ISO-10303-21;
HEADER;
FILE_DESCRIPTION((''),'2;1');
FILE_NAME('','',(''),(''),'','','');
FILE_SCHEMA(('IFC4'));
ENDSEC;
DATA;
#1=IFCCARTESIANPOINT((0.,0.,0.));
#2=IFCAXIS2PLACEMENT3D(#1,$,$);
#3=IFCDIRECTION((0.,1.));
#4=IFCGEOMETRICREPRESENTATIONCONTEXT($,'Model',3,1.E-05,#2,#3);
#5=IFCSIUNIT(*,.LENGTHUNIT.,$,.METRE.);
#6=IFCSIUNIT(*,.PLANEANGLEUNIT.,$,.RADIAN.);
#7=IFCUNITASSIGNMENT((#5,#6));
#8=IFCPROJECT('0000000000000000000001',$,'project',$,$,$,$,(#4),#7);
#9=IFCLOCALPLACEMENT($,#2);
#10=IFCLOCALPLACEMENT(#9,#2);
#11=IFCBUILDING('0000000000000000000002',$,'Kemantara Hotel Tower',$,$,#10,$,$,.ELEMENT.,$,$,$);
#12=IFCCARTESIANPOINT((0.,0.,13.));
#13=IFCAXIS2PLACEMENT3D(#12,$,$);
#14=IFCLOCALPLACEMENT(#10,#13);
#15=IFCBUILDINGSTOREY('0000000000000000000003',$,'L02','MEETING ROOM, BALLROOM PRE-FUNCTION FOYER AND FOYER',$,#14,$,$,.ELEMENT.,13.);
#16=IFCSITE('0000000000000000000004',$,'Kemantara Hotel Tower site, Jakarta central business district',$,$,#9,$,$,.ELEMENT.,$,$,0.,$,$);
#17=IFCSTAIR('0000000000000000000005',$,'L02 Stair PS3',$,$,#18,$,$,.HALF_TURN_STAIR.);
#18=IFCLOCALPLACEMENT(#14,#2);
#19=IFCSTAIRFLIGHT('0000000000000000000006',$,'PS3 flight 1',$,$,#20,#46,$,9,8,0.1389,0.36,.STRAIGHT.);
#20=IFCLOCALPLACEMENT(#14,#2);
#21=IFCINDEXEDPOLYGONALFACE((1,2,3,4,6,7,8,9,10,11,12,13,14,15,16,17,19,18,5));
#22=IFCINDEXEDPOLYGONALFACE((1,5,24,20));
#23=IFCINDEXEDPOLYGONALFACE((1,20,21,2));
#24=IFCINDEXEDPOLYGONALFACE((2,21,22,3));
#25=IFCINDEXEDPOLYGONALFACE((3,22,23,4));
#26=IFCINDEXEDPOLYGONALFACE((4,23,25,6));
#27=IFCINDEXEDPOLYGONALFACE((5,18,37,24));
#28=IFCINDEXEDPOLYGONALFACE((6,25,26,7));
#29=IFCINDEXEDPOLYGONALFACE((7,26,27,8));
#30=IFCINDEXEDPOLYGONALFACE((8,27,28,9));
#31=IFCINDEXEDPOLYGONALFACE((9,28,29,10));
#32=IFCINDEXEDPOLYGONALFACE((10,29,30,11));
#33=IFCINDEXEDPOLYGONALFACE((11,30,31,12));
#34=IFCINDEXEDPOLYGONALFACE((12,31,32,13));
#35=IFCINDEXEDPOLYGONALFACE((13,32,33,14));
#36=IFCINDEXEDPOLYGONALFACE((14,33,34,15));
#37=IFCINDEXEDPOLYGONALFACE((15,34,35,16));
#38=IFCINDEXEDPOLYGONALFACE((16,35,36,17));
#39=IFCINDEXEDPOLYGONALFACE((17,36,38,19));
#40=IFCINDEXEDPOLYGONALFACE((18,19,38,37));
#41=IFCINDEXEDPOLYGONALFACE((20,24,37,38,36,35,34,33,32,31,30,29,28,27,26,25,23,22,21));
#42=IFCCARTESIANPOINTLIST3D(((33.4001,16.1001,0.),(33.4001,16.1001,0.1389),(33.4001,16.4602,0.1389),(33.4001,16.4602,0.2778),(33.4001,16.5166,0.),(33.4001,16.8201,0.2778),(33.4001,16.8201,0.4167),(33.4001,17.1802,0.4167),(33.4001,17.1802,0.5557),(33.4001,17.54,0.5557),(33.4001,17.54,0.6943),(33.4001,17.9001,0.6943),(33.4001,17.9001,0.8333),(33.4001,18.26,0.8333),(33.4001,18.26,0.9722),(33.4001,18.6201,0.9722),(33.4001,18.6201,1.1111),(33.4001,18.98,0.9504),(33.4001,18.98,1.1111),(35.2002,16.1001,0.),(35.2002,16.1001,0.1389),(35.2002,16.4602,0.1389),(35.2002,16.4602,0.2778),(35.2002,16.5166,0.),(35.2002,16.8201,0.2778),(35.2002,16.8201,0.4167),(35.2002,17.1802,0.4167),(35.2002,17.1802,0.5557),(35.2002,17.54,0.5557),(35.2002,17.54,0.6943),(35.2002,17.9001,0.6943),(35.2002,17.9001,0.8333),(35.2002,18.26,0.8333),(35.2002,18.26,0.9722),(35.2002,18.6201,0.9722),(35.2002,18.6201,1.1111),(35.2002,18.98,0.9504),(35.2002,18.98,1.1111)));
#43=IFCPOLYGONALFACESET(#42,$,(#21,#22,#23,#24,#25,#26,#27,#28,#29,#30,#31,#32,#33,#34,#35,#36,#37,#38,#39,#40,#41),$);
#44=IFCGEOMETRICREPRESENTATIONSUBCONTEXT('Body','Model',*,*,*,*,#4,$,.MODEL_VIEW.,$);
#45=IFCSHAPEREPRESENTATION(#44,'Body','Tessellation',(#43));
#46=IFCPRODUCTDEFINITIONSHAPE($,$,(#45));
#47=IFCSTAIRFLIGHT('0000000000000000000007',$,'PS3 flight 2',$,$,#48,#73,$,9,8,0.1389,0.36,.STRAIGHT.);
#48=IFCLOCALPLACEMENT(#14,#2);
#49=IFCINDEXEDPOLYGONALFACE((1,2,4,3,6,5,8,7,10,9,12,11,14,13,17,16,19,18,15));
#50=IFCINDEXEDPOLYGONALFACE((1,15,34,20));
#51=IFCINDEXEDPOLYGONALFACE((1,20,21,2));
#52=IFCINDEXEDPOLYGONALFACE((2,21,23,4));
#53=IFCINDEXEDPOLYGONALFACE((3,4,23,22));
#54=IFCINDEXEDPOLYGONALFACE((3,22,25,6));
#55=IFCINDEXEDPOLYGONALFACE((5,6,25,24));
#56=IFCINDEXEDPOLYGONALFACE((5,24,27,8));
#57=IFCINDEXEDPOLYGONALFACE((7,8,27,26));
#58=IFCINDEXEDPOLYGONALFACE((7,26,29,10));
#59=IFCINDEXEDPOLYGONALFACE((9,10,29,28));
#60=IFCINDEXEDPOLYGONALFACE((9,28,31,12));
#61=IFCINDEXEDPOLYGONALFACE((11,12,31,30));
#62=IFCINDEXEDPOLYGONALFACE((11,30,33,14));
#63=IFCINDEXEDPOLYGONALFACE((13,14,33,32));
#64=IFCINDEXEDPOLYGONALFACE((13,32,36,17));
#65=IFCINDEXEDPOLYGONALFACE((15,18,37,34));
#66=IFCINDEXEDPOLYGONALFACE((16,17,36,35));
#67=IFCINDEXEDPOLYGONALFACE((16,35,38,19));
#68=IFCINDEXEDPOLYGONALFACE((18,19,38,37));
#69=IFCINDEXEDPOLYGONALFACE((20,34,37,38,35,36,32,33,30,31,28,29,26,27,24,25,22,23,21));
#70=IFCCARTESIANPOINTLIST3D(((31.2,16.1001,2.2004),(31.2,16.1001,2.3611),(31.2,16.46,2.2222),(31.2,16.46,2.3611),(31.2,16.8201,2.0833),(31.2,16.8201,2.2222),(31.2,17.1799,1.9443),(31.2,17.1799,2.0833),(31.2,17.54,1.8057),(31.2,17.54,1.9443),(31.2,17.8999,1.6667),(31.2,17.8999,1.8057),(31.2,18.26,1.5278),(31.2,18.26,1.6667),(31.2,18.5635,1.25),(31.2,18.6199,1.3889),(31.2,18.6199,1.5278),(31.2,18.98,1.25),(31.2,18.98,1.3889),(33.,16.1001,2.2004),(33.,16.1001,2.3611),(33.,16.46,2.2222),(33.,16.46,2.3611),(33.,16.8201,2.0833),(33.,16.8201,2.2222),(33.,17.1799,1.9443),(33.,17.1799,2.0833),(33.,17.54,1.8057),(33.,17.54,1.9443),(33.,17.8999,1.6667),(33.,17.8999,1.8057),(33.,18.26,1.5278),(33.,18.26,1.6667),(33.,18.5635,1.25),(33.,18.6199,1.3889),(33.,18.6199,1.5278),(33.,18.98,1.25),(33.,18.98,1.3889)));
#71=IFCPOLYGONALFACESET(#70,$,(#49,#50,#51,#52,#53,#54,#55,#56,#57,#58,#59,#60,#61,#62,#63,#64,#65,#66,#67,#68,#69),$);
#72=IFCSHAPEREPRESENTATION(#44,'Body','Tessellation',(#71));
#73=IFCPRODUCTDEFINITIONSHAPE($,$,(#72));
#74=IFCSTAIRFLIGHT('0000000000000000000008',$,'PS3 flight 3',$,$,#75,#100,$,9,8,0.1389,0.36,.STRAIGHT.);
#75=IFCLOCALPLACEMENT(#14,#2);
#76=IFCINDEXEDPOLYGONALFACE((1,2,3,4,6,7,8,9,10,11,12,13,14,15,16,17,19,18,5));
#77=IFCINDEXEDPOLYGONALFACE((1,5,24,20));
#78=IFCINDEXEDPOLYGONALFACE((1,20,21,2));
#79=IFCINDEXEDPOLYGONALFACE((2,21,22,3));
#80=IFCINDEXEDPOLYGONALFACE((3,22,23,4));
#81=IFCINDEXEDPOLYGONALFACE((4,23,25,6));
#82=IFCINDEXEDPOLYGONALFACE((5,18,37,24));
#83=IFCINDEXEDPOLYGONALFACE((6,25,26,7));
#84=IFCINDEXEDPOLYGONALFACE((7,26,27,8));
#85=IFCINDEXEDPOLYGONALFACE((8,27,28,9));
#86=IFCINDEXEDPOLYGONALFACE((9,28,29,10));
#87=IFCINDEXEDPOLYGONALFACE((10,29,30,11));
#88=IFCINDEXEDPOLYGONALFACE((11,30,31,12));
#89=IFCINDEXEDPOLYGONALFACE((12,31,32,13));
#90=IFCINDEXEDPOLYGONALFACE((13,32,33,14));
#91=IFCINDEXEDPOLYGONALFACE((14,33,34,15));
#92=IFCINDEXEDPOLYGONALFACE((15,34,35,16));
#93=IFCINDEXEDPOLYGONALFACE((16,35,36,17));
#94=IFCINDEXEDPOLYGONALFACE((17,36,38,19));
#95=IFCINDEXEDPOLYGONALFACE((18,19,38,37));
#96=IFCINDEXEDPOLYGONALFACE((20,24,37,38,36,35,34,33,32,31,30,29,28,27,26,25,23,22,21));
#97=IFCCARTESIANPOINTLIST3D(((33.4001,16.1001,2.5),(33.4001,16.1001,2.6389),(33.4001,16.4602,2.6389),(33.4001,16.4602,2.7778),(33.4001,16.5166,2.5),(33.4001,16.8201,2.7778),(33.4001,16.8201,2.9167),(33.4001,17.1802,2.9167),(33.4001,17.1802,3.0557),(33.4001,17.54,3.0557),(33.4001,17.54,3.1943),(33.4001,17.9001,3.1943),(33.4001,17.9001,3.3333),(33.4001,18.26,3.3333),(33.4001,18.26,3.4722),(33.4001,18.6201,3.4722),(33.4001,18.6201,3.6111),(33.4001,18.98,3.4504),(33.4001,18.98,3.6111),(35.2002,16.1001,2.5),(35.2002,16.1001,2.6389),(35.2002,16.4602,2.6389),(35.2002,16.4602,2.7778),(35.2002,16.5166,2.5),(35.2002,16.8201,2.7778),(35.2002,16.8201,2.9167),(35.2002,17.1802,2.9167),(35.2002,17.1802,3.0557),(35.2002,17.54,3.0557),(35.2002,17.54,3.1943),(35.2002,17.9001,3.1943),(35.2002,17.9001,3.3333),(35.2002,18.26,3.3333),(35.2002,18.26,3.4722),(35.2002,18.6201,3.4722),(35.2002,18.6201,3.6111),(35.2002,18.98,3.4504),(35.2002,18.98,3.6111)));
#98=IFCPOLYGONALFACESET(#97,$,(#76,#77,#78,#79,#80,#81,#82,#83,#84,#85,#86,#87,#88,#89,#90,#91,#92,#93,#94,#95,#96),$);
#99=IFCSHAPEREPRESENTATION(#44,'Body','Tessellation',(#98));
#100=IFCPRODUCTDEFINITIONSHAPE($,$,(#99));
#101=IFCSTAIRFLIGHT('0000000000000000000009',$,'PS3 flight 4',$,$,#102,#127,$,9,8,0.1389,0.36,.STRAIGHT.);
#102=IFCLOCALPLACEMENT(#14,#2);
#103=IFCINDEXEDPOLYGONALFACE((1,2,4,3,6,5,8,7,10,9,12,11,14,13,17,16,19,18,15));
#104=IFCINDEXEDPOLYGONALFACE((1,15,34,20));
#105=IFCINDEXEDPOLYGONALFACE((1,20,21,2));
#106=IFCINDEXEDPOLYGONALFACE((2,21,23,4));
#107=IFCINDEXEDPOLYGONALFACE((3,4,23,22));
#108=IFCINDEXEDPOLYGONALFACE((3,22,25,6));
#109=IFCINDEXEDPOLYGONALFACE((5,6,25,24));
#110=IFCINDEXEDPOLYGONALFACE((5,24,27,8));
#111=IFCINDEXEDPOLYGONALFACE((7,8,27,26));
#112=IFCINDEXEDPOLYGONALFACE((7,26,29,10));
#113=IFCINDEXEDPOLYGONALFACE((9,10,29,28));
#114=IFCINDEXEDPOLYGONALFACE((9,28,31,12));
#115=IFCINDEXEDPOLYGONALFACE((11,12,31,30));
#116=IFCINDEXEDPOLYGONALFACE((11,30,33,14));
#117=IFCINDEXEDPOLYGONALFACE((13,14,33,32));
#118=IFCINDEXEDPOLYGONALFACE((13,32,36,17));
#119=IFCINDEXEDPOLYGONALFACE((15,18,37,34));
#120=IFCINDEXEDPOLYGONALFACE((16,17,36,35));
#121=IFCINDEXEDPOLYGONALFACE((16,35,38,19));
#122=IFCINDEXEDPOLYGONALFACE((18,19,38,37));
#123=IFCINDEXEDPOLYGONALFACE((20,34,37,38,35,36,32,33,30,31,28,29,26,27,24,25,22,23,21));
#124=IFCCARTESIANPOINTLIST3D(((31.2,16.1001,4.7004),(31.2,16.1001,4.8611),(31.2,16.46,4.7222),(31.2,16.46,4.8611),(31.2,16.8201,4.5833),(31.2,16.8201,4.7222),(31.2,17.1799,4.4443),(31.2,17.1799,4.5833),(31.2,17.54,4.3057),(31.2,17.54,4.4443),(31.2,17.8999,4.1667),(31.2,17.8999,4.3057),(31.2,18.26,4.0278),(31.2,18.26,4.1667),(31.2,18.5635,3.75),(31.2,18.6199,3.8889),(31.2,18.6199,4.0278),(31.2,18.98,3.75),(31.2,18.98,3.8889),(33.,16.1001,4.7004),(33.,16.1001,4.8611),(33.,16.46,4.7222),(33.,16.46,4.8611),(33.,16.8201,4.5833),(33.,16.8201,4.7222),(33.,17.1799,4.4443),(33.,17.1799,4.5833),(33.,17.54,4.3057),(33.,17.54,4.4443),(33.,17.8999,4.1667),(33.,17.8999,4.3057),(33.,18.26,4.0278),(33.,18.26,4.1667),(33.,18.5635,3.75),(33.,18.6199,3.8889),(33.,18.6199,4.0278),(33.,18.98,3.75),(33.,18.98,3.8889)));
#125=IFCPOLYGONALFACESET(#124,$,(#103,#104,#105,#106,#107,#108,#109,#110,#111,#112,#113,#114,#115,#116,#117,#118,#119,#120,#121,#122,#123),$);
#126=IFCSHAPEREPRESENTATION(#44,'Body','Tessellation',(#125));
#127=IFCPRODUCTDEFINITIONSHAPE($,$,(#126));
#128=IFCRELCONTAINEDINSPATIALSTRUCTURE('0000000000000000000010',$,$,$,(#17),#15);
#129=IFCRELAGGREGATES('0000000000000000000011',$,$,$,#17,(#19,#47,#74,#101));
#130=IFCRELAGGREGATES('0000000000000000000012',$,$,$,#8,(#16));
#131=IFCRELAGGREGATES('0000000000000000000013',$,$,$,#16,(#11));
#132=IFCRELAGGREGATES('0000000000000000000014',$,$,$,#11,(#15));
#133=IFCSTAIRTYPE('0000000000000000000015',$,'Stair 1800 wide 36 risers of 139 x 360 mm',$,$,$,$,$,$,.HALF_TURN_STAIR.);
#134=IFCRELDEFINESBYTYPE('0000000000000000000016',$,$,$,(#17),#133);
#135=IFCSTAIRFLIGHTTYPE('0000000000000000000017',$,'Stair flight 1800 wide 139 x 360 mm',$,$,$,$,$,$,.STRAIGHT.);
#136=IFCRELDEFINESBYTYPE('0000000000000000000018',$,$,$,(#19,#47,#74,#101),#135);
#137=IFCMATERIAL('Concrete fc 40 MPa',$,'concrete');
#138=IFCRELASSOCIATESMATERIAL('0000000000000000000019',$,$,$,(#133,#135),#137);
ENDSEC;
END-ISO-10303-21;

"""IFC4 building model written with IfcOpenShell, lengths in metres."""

from ifc_helpers import new_model, si_unit, direction, frame, origin, place, context, subcontext, project, spatial, polyline, outline, extrude, material, type_object, element, aggregate, save


model = new_model("IFC4")

# Units and contexts
model_context = context("Model", 3, precision=1e-05, world=origin(), true_north=direction((0.0, 1.0)))
body_context = subcontext(model_context, "Body", "Model", "MODEL_VIEW")
ifc_project = project(units=[si_unit("LENGTHUNIT", "METRE"), si_unit("PLANEANGLEUNIT", "RADIAN")], contexts=[model_context])

# Site, building, storey
site_placement = place(None, origin())
site = spatial("IfcSite", under=ifc_project, at=site_placement, Name="Kemantara Hotel Tower site, Jakarta central business district", CompositionType="ELEMENT", RefElevation=0.0)
building_placement = place(site_placement, origin())
building = spatial("IfcBuilding", under=site, at=building_placement, Name="Kemantara Hotel Tower", CompositionType="ELEMENT")
storey_placement = place(building_placement, frame((0.0, 0.0, 13.0)))
storey = spatial("IfcBuildingStorey", under=building, at=storey_placement, Name="L02", Description="MEETING ROOM, BALLROOM PRE-FUNCTION FOYER AND FOYER", CompositionType="ELEMENT", Elevation=13.0)

# Shared definitions
ifc_material_1 = material(Name="Concrete fc 40 MPa", Category="concrete")

# Shared definitions
stair_type = type_object("IfcStairType", Name="Stair 1800 wide 36 risers of 139 x 360 mm", PredefinedType="HALF_TURN_STAIR", material=ifc_material_1)
stair_flight_type = type_object("IfcStairFlightType", Name="Stair flight 1800 wide 139 x 360 mm", PredefinedType="STRAIGHT", material=ifc_material_1)

# Stair, stair flights
stair_1_placement = place(storey_placement, origin())
stair_1 = element("IfcStair", 1, at=stair_1_placement, inside=storey, type_object=stair_type, Name="L02 Stair PS3", PredefinedType="HALF_TURN_STAIR")
stair_flight_1_placement = place(storey_placement, frame((34.3, 16.1001, 0.0), z_axis=(0.0, 0.0, 1.0), x_axis=(0.0, 1.0, 0.0)))
stair_flight_1 = element("IfcStairFlight", 2, at=stair_flight_1_placement, type_object=stair_flight_type, Name="PS3 flight 1", NumberOfRisers=9, NumberOfTreads=8, PredefinedType="STRAIGHT", RiserHeight=0.1389, TreadLength=0.36, context=body_context, shape_type="SweptSolid", body=[
    extrude(outline(polyline([(0.0, 0.0), (0.0, 0.1389), (0.3601, 0.1389), (0.3601, 0.2778), (0.72, 0.2778), (0.72, 0.4167), (1.0801, 0.4167), (1.0801, 0.5557), (1.4399, 0.5557), (1.4399, 0.6943), (1.8, 0.6943), (1.8, 0.8333), (2.1599, 0.8333), (2.1599, 0.9722), (2.52, 0.9722), (2.52, 1.1111), (2.8799, 1.1111), (2.8799, 1.25), (2.8799, 0.9504), (0.4165, 0.0), (0.0, 0.0)])), frame((0.0, 0.8999, 0.0), z_axis=(0.0, -1.0, 0.0), x_axis=(1.0, 0.0, 0.0)), (0.0, 0.0, 1.0), 1.8),
])
stair_flight_2_placement = place(storey_placement, frame((32.1001, 18.98, 1.25), z_axis=(0.0, 0.0, 1.0), x_axis=(0.0, -1.0, 0.0)))
stair_flight_2 = element("IfcStairFlight", 3, at=stair_flight_2_placement, type_object=stair_flight_type, Name="PS3 flight 2", NumberOfRisers=9, NumberOfTreads=8, PredefinedType="STRAIGHT", RiserHeight=0.1389, TreadLength=0.36, context=body_context, shape_type="SweptSolid", body=[
    extrude(outline(polyline([(0.0, 0.0), (0.0, 0.1389), (0.3601, 0.1389), (0.3601, 0.2778), (0.72, 0.2778), (0.72, 0.4167), (1.0801, 0.4167), (1.0801, 0.5557), (1.4399, 0.5557), (1.4399, 0.6943), (1.8, 0.6943), (1.8, 0.8333), (2.1599, 0.8333), (2.1599, 0.9722), (2.52, 0.9722), (2.52, 1.1111), (2.8799, 1.1111), (2.8799, 1.25), (2.8799, 0.9504), (0.4165, 0.0), (0.0, 0.0)])), frame((0.0, 0.8999, 0.0), z_axis=(0.0, -1.0, 0.0), x_axis=(1.0, 0.0, 0.0)), (0.0, 0.0, 1.0), 1.8),
])
stair_flight_3_placement = place(storey_placement, frame((34.3, 16.1001, 2.5), z_axis=(0.0, 0.0, 1.0), x_axis=(0.0, 1.0, 0.0)))
stair_flight_3 = element("IfcStairFlight", 4, at=stair_flight_3_placement, type_object=stair_flight_type, Name="PS3 flight 3", NumberOfRisers=9, NumberOfTreads=8, PredefinedType="STRAIGHT", RiserHeight=0.1389, TreadLength=0.36, context=body_context, shape_type="SweptSolid", body=[
    extrude(outline(polyline([(0.0, 0.0), (0.0, 0.1389), (0.3601, 0.1389), (0.3601, 0.2778), (0.72, 0.2778), (0.72, 0.4167), (1.0801, 0.4167), (1.0801, 0.5557), (1.4399, 0.5557), (1.4399, 0.6943), (1.8, 0.6943), (1.8, 0.8333), (2.1599, 0.8333), (2.1599, 0.9722), (2.52, 0.9722), (2.52, 1.1111), (2.8799, 1.1111), (2.8799, 1.25), (2.8799, 0.9504), (0.4165, 0.0), (0.0, 0.0)])), frame((0.0, 0.8999, 0.0), z_axis=(0.0, -1.0, 0.0), x_axis=(1.0, 0.0, 0.0)), (0.0, 0.0, 1.0), 1.8),
])
stair_flight_4_placement = place(storey_placement, frame((32.1001, 18.98, 3.75), z_axis=(0.0, 0.0, 1.0), x_axis=(0.0, -1.0, 0.0)))
stair_flight_4 = element("IfcStairFlight", 5, at=stair_flight_4_placement, type_object=stair_flight_type, Name="PS3 flight 4", NumberOfRisers=9, NumberOfTreads=8, PredefinedType="STRAIGHT", RiserHeight=0.1389, TreadLength=0.36, context=body_context, shape_type="SweptSolid", body=[
    extrude(outline(polyline([(0.0, 0.0), (0.0, 0.1389), (0.3601, 0.1389), (0.3601, 0.2778), (0.72, 0.2778), (0.72, 0.4167), (1.0801, 0.4167), (1.0801, 0.5557), (1.4399, 0.5557), (1.4399, 0.6943), (1.8, 0.6943), (1.8, 0.8333), (2.1599, 0.8333), (2.1599, 0.9722), (2.52, 0.9722), (2.52, 1.1111), (2.8799, 1.1111), (2.8799, 1.25), (2.8799, 0.9504), (0.4165, 0.0), (0.0, 0.0)])), frame((0.0, 0.8999, 0.0), z_axis=(0.0, -1.0, 0.0), x_axis=(1.0, 0.0, 0.0)), (0.0, 0.0, 1.0), 1.8),
])
aggregate(stair_1, [stair_flight_1, stair_flight_2, stair_flight_3, stair_flight_4])

save(model, "model.ifc")
